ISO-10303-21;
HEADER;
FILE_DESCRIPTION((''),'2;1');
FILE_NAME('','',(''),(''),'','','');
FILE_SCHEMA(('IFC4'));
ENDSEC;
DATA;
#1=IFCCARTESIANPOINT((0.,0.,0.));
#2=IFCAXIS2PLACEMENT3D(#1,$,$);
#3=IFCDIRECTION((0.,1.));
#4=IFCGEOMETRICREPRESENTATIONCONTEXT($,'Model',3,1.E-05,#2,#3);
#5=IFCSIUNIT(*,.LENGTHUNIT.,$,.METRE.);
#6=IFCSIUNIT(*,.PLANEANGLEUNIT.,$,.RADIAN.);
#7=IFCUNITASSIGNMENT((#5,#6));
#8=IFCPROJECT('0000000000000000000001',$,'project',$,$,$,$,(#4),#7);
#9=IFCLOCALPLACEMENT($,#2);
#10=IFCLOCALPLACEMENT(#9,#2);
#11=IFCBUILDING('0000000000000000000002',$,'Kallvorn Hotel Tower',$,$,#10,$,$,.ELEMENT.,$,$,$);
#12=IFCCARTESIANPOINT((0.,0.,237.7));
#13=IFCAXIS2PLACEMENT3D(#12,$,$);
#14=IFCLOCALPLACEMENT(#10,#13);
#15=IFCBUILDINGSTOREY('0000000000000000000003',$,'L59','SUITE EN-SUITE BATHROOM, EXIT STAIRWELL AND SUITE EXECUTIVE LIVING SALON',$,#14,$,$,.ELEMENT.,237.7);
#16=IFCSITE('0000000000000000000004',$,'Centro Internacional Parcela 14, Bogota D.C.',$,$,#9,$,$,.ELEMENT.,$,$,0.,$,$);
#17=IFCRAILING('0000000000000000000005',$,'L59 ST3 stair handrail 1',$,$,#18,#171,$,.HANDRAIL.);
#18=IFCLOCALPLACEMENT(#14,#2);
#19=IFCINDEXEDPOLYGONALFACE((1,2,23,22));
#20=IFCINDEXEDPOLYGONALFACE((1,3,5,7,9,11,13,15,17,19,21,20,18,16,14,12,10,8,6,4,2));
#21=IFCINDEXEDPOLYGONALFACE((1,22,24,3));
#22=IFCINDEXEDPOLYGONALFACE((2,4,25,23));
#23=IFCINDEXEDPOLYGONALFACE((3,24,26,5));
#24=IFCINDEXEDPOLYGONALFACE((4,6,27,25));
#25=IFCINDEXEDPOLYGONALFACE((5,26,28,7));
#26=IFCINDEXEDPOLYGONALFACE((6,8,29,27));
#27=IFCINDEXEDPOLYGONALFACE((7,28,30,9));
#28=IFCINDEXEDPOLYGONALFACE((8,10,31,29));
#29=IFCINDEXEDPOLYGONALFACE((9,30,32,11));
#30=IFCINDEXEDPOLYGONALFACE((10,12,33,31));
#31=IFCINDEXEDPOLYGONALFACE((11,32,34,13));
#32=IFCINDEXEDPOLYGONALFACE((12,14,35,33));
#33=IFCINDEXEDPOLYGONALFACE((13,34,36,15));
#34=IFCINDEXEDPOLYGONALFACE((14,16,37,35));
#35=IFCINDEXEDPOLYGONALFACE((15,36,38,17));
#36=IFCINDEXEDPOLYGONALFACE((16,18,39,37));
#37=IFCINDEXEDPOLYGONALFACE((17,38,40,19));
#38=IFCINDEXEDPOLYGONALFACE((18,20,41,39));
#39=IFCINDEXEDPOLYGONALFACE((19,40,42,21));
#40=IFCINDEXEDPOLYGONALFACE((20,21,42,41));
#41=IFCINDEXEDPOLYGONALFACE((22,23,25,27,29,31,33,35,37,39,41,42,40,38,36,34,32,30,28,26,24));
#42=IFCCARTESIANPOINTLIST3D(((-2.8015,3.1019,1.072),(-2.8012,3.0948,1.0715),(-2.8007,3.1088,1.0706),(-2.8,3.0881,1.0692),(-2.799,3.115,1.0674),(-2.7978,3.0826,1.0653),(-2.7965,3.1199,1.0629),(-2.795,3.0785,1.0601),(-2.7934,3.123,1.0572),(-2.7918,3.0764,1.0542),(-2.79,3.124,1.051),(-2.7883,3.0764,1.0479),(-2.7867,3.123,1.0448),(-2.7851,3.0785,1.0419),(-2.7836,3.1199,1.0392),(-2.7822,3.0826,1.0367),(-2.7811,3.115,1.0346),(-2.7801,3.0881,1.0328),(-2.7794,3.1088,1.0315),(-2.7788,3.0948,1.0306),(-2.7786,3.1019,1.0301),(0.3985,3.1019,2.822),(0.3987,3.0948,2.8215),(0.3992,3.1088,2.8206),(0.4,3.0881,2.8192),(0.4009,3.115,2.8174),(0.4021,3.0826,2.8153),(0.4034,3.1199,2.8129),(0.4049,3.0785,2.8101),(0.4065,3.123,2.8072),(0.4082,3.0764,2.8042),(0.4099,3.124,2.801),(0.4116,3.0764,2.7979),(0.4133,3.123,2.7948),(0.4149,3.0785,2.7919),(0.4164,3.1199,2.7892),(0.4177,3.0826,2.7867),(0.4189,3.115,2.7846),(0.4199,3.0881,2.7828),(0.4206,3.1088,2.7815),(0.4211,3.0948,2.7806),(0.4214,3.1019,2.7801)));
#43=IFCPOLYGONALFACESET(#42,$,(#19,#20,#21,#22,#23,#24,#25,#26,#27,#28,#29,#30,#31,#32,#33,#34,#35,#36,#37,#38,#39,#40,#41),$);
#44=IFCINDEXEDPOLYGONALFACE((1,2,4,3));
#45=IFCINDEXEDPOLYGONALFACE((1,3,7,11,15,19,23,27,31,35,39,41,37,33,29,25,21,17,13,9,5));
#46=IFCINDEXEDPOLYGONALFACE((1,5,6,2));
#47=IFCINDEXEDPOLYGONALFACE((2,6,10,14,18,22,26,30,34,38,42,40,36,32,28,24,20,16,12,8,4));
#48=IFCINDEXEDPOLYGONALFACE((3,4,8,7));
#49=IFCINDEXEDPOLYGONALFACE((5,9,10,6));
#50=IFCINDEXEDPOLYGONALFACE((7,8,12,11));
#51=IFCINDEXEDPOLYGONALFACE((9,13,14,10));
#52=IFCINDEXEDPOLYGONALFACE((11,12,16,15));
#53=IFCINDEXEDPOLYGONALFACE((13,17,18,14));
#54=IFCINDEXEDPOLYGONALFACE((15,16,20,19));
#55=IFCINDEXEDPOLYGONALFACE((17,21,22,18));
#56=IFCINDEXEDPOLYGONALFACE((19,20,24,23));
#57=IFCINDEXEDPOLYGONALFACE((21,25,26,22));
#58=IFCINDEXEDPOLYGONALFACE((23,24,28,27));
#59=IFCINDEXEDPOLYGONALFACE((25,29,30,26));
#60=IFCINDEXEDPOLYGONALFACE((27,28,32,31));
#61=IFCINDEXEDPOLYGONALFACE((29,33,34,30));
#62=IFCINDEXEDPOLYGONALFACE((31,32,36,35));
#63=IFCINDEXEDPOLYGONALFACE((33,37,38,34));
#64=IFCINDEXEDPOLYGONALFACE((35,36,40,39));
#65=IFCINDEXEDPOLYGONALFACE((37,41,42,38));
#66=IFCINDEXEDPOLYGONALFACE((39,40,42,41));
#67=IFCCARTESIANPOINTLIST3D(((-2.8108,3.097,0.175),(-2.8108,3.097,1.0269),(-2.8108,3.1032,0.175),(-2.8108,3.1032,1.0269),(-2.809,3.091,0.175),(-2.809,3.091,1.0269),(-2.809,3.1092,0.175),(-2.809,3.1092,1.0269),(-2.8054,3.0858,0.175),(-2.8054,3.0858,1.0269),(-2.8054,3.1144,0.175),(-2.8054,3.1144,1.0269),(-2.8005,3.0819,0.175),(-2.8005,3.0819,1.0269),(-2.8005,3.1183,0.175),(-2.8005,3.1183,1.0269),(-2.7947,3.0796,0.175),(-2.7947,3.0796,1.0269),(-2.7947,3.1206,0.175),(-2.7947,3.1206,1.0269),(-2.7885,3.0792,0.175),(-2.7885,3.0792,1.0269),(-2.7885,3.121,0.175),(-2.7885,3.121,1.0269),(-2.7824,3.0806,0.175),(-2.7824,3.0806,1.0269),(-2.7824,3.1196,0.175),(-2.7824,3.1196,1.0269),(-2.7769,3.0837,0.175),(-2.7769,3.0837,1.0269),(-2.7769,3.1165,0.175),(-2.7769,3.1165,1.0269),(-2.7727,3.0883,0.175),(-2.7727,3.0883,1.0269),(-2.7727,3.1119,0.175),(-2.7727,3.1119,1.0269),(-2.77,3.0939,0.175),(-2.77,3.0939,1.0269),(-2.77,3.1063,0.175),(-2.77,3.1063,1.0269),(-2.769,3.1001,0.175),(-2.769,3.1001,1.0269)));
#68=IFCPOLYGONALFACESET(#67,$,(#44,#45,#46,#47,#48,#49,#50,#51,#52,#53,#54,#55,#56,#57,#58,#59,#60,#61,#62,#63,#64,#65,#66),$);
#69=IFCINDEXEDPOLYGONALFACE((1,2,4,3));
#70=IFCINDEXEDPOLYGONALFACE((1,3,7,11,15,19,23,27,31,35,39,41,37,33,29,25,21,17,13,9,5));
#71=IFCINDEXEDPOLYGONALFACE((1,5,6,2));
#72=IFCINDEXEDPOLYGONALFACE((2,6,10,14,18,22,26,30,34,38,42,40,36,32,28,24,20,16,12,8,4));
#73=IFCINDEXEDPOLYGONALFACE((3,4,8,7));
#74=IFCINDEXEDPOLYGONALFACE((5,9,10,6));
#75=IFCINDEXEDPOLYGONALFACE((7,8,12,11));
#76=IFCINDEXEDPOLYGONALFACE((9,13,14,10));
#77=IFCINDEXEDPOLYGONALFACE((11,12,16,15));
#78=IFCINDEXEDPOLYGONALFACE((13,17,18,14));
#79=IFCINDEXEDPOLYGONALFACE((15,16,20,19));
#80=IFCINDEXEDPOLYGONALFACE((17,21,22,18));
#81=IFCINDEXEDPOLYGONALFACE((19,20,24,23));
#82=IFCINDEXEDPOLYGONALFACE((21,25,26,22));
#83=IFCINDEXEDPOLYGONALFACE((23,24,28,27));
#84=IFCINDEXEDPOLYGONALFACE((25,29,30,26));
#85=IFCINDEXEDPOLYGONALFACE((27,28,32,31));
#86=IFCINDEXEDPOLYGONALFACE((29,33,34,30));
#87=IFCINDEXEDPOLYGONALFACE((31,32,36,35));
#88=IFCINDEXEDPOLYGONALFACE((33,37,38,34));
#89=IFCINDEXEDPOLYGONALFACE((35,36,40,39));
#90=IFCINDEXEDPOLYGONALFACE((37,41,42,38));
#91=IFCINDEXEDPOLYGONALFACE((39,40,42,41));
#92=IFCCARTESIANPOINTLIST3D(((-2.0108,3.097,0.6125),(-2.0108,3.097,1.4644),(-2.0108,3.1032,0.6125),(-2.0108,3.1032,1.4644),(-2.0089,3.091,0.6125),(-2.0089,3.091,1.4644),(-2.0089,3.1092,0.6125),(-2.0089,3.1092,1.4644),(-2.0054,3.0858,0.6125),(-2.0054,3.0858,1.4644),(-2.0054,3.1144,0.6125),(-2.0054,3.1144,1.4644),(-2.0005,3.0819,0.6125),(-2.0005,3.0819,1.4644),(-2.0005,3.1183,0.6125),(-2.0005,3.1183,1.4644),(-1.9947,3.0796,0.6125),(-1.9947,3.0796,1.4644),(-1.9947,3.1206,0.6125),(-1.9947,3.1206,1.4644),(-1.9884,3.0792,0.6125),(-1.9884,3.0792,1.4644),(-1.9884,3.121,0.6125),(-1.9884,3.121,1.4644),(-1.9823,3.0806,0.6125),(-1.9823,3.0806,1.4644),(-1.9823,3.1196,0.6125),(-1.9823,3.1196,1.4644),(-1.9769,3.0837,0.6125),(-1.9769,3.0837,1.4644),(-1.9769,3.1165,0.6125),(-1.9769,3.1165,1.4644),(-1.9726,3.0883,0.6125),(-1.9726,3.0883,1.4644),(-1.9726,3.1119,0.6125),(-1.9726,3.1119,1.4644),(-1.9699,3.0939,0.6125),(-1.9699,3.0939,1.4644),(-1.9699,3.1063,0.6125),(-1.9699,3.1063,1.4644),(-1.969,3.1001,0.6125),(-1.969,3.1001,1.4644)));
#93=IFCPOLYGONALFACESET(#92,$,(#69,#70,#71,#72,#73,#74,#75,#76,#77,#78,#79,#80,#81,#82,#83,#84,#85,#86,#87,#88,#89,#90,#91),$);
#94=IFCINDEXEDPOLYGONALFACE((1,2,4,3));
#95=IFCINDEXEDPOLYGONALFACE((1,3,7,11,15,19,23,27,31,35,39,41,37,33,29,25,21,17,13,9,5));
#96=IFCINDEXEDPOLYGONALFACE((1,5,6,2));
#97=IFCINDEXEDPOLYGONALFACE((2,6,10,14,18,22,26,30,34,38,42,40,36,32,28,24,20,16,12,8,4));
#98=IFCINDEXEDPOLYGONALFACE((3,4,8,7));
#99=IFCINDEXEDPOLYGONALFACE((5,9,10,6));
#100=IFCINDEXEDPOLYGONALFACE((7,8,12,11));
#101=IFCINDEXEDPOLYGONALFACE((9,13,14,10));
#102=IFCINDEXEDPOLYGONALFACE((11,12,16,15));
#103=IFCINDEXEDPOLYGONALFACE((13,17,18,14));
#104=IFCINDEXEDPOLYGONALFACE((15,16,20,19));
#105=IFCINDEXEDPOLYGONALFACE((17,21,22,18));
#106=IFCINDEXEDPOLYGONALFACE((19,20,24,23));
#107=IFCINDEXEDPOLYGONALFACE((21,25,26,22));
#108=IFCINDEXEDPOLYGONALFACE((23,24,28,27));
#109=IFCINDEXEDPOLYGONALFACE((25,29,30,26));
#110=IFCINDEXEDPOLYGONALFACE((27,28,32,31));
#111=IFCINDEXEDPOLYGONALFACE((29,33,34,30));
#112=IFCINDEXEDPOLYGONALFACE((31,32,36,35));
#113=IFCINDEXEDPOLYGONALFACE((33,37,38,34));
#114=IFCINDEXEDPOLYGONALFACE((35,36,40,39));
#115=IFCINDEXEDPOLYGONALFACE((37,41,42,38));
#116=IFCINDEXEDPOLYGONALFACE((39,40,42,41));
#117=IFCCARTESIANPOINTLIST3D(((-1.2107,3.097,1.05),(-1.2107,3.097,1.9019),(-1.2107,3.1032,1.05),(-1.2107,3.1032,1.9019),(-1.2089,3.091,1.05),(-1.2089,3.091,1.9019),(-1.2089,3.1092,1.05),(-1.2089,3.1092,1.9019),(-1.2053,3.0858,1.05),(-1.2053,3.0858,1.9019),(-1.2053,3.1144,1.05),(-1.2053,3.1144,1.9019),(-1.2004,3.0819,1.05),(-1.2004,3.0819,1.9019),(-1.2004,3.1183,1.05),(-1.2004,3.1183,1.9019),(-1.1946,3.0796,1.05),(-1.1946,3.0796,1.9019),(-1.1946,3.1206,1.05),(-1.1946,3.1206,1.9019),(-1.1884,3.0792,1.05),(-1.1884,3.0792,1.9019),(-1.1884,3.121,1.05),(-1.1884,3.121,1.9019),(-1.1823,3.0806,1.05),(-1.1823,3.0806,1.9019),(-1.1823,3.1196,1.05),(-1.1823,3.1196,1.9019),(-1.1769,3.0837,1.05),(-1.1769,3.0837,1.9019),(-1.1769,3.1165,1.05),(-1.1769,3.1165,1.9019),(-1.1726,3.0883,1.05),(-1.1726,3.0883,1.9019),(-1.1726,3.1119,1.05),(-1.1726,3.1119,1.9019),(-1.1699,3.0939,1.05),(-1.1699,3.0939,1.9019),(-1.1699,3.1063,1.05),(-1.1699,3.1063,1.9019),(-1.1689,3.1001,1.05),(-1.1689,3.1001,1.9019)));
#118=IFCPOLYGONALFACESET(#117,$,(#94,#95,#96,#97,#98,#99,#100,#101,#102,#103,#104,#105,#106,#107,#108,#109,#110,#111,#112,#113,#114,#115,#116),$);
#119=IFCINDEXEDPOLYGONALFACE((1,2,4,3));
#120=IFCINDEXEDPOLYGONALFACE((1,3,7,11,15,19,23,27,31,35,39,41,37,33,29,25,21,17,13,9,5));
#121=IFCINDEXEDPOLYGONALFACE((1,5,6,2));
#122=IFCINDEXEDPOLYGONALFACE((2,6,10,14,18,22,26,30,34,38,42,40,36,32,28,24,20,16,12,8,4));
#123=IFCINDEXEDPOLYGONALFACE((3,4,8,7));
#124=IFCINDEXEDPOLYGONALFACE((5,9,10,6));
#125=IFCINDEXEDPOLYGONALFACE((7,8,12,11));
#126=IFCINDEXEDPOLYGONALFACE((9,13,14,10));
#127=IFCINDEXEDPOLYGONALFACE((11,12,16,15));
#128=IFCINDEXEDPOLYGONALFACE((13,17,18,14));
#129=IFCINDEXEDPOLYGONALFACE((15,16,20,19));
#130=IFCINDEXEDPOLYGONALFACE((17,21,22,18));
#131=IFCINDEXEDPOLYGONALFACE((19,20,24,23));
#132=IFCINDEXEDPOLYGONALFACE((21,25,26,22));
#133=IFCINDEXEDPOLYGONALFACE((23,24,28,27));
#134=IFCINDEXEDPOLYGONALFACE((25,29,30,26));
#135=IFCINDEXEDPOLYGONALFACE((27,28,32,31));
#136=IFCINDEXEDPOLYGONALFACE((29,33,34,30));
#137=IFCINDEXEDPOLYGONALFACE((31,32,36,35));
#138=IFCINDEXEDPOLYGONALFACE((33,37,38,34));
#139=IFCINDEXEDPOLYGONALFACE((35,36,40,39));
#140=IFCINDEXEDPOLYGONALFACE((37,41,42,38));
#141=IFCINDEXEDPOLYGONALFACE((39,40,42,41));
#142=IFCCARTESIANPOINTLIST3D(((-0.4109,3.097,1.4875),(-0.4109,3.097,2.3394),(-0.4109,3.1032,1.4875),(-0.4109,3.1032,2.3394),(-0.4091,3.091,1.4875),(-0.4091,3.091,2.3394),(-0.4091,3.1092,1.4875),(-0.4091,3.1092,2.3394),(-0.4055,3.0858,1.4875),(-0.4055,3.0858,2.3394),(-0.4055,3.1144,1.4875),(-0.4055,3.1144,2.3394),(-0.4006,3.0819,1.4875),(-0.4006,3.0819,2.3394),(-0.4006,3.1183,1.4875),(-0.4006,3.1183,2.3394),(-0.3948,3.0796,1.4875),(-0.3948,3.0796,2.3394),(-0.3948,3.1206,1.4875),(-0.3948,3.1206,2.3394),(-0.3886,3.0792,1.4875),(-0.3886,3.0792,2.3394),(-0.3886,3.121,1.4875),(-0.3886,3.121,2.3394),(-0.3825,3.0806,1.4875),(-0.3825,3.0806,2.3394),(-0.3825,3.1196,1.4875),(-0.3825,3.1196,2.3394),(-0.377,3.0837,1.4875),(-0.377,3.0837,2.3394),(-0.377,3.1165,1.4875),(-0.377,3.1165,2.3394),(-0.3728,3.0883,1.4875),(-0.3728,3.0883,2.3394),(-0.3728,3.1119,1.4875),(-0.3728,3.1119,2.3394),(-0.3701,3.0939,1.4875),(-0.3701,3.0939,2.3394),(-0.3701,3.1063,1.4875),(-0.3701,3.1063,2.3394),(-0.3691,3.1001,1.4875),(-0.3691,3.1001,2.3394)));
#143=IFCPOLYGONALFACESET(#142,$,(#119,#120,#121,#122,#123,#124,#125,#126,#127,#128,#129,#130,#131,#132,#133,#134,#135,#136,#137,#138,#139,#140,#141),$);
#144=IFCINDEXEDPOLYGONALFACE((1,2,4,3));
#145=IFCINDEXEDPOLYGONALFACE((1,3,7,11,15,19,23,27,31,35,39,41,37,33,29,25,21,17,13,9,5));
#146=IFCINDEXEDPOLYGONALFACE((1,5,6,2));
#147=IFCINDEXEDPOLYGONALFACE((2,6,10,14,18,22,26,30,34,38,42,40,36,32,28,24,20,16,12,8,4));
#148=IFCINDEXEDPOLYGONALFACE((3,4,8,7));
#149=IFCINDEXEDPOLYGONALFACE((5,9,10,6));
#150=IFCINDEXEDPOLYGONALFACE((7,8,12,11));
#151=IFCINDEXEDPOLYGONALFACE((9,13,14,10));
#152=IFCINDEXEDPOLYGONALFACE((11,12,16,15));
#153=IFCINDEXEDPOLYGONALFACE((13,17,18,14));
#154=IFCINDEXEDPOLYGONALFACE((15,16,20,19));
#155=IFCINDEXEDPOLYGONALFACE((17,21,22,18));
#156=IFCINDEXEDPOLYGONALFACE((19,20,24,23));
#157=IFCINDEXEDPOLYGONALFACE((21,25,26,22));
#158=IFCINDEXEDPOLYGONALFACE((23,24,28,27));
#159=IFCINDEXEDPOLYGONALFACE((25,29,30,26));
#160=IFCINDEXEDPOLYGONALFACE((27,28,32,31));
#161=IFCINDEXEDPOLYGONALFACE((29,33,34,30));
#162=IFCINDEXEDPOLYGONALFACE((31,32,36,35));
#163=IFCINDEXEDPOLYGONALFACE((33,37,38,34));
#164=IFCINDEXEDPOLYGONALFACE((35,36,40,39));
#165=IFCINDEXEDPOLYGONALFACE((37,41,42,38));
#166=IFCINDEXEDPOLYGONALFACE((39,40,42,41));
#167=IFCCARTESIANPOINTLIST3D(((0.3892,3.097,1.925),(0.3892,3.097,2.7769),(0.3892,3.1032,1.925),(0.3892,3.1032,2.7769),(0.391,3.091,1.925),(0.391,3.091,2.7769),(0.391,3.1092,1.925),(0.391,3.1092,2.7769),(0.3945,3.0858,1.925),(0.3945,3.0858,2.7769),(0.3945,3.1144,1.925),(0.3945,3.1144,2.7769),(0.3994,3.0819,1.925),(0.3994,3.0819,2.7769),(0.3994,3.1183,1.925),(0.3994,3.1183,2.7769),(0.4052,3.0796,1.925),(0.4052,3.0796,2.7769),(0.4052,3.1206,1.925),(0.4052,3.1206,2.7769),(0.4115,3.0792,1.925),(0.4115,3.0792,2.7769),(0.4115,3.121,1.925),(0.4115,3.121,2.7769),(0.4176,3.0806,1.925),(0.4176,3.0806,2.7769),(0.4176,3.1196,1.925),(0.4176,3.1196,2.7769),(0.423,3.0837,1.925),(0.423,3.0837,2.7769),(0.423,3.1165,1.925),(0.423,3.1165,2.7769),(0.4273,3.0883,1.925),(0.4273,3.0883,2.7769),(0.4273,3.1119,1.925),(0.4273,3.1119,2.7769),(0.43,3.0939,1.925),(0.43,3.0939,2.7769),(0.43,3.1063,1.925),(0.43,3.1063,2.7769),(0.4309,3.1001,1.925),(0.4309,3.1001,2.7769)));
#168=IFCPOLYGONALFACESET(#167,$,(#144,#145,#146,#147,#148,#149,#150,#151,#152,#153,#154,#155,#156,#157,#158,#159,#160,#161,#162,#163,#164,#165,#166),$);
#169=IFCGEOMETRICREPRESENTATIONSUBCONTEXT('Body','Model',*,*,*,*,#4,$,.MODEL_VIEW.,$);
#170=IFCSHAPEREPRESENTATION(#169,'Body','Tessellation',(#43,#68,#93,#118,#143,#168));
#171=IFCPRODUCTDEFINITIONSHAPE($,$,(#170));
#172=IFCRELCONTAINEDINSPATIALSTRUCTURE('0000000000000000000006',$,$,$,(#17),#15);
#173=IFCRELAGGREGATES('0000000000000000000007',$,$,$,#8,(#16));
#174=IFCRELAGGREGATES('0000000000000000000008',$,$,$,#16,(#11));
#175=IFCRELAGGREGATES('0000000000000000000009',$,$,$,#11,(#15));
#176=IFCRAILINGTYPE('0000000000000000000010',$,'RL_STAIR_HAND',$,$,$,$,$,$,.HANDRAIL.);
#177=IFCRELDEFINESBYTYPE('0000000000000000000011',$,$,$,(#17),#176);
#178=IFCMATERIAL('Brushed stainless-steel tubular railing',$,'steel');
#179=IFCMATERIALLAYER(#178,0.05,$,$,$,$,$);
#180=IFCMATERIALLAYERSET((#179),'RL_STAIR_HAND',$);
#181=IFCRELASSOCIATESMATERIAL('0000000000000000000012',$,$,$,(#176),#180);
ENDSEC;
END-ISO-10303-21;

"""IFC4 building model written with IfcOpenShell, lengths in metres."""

from ifc_helpers import new_model, si_unit, direction, frame, origin, origin_2d, place, context, subcontext, project, spatial, circle, extrude, material, layer, layer_set, type_object, element, save


model = new_model("IFC4")

# Units and contexts
model_context = context("Model", 3, precision=1e-05, world=origin(), true_north=direction((0.0, 1.0)))
body_context = subcontext(model_context, "Body", "Model", "MODEL_VIEW")
ifc_project = project(units=[si_unit("LENGTHUNIT", "METRE"), si_unit("PLANEANGLEUNIT", "RADIAN")], contexts=[model_context])

# Site, building, storey
site_placement = place(None, origin())
site = spatial("IfcSite", under=ifc_project, at=site_placement, Name="Centro Internacional Parcela 14, Bogota D.C.", CompositionType="ELEMENT", RefElevation=0.0)
building_placement = place(site_placement, origin())
building = spatial("IfcBuilding", under=site, at=building_placement, Name="Kallvorn Hotel Tower", CompositionType="ELEMENT")
storey_placement = place(building_placement, frame((0.0, 0.0, 237.7)))
storey = spatial("IfcBuildingStorey", under=building, at=storey_placement, Name="L59", Description="SUITE EN-SUITE BATHROOM, EXIT STAIRWELL AND SUITE EXECUTIVE LIVING SALON", CompositionType="ELEMENT", Elevation=237.7)

# Railing
ifc_material_1 = material(Name="Brushed stainless-steel tubular railing", Category="steel")
ifc_layer_1 = layer(ifc_material_1, 0.05)
ifc_layer_set_1 = layer_set([ifc_layer_1], Name="RL_STAIR_HAND")
railing_type_1 = type_object("IfcRailingType", Name="RL_STAIR_HAND", PredefinedType="HANDRAIL", material=ifc_layer_set_1)
railing_1_placement = place(storey_placement, frame((-2.79, 3.1001, 0.175)))
element("IfcRailing", 1, at=railing_1_placement, inside=storey, type_object=railing_type_1, Name="L59 ST3 stair handrail 1", PredefinedType="HANDRAIL", context=body_context, shape_type="SweptSolid", body=[
    extrude(circle(Radius=0.0239, at=origin_2d()), frame((0.0, 0.0, 0.876), z_axis=(0.877368, 0.0, 0.479818), x_axis=(0.0, 1.0, 0.0)), (0.0, 0.0, 1.0), 3.6472),
    extrude(circle(Radius=0.021, at=origin_2d()), origin(), (0.0, 0.0, 1.0), 0.8518),
    extrude(circle(Radius=0.021, at=origin_2d()), frame((0.8, 0.0, 0.4375)), (0.0, 0.0, 1.0), 0.8518),
    extrude(circle(Radius=0.021, at=origin_2d()), frame((1.6001, 0.0, 0.875)), (0.0, 0.0, 1.0), 0.8518),
    extrude(circle(Radius=0.021, at=origin_2d()), frame((2.3999, 0.0, 1.3125)), (0.0, 0.0, 1.0), 0.8518),
    extrude(circle(Radius=0.021, at=origin_2d()), frame((3.2, 0.0, 1.75)), (0.0, 0.0, 1.0), 0.8518),
])

save(model, "model.ifc")
